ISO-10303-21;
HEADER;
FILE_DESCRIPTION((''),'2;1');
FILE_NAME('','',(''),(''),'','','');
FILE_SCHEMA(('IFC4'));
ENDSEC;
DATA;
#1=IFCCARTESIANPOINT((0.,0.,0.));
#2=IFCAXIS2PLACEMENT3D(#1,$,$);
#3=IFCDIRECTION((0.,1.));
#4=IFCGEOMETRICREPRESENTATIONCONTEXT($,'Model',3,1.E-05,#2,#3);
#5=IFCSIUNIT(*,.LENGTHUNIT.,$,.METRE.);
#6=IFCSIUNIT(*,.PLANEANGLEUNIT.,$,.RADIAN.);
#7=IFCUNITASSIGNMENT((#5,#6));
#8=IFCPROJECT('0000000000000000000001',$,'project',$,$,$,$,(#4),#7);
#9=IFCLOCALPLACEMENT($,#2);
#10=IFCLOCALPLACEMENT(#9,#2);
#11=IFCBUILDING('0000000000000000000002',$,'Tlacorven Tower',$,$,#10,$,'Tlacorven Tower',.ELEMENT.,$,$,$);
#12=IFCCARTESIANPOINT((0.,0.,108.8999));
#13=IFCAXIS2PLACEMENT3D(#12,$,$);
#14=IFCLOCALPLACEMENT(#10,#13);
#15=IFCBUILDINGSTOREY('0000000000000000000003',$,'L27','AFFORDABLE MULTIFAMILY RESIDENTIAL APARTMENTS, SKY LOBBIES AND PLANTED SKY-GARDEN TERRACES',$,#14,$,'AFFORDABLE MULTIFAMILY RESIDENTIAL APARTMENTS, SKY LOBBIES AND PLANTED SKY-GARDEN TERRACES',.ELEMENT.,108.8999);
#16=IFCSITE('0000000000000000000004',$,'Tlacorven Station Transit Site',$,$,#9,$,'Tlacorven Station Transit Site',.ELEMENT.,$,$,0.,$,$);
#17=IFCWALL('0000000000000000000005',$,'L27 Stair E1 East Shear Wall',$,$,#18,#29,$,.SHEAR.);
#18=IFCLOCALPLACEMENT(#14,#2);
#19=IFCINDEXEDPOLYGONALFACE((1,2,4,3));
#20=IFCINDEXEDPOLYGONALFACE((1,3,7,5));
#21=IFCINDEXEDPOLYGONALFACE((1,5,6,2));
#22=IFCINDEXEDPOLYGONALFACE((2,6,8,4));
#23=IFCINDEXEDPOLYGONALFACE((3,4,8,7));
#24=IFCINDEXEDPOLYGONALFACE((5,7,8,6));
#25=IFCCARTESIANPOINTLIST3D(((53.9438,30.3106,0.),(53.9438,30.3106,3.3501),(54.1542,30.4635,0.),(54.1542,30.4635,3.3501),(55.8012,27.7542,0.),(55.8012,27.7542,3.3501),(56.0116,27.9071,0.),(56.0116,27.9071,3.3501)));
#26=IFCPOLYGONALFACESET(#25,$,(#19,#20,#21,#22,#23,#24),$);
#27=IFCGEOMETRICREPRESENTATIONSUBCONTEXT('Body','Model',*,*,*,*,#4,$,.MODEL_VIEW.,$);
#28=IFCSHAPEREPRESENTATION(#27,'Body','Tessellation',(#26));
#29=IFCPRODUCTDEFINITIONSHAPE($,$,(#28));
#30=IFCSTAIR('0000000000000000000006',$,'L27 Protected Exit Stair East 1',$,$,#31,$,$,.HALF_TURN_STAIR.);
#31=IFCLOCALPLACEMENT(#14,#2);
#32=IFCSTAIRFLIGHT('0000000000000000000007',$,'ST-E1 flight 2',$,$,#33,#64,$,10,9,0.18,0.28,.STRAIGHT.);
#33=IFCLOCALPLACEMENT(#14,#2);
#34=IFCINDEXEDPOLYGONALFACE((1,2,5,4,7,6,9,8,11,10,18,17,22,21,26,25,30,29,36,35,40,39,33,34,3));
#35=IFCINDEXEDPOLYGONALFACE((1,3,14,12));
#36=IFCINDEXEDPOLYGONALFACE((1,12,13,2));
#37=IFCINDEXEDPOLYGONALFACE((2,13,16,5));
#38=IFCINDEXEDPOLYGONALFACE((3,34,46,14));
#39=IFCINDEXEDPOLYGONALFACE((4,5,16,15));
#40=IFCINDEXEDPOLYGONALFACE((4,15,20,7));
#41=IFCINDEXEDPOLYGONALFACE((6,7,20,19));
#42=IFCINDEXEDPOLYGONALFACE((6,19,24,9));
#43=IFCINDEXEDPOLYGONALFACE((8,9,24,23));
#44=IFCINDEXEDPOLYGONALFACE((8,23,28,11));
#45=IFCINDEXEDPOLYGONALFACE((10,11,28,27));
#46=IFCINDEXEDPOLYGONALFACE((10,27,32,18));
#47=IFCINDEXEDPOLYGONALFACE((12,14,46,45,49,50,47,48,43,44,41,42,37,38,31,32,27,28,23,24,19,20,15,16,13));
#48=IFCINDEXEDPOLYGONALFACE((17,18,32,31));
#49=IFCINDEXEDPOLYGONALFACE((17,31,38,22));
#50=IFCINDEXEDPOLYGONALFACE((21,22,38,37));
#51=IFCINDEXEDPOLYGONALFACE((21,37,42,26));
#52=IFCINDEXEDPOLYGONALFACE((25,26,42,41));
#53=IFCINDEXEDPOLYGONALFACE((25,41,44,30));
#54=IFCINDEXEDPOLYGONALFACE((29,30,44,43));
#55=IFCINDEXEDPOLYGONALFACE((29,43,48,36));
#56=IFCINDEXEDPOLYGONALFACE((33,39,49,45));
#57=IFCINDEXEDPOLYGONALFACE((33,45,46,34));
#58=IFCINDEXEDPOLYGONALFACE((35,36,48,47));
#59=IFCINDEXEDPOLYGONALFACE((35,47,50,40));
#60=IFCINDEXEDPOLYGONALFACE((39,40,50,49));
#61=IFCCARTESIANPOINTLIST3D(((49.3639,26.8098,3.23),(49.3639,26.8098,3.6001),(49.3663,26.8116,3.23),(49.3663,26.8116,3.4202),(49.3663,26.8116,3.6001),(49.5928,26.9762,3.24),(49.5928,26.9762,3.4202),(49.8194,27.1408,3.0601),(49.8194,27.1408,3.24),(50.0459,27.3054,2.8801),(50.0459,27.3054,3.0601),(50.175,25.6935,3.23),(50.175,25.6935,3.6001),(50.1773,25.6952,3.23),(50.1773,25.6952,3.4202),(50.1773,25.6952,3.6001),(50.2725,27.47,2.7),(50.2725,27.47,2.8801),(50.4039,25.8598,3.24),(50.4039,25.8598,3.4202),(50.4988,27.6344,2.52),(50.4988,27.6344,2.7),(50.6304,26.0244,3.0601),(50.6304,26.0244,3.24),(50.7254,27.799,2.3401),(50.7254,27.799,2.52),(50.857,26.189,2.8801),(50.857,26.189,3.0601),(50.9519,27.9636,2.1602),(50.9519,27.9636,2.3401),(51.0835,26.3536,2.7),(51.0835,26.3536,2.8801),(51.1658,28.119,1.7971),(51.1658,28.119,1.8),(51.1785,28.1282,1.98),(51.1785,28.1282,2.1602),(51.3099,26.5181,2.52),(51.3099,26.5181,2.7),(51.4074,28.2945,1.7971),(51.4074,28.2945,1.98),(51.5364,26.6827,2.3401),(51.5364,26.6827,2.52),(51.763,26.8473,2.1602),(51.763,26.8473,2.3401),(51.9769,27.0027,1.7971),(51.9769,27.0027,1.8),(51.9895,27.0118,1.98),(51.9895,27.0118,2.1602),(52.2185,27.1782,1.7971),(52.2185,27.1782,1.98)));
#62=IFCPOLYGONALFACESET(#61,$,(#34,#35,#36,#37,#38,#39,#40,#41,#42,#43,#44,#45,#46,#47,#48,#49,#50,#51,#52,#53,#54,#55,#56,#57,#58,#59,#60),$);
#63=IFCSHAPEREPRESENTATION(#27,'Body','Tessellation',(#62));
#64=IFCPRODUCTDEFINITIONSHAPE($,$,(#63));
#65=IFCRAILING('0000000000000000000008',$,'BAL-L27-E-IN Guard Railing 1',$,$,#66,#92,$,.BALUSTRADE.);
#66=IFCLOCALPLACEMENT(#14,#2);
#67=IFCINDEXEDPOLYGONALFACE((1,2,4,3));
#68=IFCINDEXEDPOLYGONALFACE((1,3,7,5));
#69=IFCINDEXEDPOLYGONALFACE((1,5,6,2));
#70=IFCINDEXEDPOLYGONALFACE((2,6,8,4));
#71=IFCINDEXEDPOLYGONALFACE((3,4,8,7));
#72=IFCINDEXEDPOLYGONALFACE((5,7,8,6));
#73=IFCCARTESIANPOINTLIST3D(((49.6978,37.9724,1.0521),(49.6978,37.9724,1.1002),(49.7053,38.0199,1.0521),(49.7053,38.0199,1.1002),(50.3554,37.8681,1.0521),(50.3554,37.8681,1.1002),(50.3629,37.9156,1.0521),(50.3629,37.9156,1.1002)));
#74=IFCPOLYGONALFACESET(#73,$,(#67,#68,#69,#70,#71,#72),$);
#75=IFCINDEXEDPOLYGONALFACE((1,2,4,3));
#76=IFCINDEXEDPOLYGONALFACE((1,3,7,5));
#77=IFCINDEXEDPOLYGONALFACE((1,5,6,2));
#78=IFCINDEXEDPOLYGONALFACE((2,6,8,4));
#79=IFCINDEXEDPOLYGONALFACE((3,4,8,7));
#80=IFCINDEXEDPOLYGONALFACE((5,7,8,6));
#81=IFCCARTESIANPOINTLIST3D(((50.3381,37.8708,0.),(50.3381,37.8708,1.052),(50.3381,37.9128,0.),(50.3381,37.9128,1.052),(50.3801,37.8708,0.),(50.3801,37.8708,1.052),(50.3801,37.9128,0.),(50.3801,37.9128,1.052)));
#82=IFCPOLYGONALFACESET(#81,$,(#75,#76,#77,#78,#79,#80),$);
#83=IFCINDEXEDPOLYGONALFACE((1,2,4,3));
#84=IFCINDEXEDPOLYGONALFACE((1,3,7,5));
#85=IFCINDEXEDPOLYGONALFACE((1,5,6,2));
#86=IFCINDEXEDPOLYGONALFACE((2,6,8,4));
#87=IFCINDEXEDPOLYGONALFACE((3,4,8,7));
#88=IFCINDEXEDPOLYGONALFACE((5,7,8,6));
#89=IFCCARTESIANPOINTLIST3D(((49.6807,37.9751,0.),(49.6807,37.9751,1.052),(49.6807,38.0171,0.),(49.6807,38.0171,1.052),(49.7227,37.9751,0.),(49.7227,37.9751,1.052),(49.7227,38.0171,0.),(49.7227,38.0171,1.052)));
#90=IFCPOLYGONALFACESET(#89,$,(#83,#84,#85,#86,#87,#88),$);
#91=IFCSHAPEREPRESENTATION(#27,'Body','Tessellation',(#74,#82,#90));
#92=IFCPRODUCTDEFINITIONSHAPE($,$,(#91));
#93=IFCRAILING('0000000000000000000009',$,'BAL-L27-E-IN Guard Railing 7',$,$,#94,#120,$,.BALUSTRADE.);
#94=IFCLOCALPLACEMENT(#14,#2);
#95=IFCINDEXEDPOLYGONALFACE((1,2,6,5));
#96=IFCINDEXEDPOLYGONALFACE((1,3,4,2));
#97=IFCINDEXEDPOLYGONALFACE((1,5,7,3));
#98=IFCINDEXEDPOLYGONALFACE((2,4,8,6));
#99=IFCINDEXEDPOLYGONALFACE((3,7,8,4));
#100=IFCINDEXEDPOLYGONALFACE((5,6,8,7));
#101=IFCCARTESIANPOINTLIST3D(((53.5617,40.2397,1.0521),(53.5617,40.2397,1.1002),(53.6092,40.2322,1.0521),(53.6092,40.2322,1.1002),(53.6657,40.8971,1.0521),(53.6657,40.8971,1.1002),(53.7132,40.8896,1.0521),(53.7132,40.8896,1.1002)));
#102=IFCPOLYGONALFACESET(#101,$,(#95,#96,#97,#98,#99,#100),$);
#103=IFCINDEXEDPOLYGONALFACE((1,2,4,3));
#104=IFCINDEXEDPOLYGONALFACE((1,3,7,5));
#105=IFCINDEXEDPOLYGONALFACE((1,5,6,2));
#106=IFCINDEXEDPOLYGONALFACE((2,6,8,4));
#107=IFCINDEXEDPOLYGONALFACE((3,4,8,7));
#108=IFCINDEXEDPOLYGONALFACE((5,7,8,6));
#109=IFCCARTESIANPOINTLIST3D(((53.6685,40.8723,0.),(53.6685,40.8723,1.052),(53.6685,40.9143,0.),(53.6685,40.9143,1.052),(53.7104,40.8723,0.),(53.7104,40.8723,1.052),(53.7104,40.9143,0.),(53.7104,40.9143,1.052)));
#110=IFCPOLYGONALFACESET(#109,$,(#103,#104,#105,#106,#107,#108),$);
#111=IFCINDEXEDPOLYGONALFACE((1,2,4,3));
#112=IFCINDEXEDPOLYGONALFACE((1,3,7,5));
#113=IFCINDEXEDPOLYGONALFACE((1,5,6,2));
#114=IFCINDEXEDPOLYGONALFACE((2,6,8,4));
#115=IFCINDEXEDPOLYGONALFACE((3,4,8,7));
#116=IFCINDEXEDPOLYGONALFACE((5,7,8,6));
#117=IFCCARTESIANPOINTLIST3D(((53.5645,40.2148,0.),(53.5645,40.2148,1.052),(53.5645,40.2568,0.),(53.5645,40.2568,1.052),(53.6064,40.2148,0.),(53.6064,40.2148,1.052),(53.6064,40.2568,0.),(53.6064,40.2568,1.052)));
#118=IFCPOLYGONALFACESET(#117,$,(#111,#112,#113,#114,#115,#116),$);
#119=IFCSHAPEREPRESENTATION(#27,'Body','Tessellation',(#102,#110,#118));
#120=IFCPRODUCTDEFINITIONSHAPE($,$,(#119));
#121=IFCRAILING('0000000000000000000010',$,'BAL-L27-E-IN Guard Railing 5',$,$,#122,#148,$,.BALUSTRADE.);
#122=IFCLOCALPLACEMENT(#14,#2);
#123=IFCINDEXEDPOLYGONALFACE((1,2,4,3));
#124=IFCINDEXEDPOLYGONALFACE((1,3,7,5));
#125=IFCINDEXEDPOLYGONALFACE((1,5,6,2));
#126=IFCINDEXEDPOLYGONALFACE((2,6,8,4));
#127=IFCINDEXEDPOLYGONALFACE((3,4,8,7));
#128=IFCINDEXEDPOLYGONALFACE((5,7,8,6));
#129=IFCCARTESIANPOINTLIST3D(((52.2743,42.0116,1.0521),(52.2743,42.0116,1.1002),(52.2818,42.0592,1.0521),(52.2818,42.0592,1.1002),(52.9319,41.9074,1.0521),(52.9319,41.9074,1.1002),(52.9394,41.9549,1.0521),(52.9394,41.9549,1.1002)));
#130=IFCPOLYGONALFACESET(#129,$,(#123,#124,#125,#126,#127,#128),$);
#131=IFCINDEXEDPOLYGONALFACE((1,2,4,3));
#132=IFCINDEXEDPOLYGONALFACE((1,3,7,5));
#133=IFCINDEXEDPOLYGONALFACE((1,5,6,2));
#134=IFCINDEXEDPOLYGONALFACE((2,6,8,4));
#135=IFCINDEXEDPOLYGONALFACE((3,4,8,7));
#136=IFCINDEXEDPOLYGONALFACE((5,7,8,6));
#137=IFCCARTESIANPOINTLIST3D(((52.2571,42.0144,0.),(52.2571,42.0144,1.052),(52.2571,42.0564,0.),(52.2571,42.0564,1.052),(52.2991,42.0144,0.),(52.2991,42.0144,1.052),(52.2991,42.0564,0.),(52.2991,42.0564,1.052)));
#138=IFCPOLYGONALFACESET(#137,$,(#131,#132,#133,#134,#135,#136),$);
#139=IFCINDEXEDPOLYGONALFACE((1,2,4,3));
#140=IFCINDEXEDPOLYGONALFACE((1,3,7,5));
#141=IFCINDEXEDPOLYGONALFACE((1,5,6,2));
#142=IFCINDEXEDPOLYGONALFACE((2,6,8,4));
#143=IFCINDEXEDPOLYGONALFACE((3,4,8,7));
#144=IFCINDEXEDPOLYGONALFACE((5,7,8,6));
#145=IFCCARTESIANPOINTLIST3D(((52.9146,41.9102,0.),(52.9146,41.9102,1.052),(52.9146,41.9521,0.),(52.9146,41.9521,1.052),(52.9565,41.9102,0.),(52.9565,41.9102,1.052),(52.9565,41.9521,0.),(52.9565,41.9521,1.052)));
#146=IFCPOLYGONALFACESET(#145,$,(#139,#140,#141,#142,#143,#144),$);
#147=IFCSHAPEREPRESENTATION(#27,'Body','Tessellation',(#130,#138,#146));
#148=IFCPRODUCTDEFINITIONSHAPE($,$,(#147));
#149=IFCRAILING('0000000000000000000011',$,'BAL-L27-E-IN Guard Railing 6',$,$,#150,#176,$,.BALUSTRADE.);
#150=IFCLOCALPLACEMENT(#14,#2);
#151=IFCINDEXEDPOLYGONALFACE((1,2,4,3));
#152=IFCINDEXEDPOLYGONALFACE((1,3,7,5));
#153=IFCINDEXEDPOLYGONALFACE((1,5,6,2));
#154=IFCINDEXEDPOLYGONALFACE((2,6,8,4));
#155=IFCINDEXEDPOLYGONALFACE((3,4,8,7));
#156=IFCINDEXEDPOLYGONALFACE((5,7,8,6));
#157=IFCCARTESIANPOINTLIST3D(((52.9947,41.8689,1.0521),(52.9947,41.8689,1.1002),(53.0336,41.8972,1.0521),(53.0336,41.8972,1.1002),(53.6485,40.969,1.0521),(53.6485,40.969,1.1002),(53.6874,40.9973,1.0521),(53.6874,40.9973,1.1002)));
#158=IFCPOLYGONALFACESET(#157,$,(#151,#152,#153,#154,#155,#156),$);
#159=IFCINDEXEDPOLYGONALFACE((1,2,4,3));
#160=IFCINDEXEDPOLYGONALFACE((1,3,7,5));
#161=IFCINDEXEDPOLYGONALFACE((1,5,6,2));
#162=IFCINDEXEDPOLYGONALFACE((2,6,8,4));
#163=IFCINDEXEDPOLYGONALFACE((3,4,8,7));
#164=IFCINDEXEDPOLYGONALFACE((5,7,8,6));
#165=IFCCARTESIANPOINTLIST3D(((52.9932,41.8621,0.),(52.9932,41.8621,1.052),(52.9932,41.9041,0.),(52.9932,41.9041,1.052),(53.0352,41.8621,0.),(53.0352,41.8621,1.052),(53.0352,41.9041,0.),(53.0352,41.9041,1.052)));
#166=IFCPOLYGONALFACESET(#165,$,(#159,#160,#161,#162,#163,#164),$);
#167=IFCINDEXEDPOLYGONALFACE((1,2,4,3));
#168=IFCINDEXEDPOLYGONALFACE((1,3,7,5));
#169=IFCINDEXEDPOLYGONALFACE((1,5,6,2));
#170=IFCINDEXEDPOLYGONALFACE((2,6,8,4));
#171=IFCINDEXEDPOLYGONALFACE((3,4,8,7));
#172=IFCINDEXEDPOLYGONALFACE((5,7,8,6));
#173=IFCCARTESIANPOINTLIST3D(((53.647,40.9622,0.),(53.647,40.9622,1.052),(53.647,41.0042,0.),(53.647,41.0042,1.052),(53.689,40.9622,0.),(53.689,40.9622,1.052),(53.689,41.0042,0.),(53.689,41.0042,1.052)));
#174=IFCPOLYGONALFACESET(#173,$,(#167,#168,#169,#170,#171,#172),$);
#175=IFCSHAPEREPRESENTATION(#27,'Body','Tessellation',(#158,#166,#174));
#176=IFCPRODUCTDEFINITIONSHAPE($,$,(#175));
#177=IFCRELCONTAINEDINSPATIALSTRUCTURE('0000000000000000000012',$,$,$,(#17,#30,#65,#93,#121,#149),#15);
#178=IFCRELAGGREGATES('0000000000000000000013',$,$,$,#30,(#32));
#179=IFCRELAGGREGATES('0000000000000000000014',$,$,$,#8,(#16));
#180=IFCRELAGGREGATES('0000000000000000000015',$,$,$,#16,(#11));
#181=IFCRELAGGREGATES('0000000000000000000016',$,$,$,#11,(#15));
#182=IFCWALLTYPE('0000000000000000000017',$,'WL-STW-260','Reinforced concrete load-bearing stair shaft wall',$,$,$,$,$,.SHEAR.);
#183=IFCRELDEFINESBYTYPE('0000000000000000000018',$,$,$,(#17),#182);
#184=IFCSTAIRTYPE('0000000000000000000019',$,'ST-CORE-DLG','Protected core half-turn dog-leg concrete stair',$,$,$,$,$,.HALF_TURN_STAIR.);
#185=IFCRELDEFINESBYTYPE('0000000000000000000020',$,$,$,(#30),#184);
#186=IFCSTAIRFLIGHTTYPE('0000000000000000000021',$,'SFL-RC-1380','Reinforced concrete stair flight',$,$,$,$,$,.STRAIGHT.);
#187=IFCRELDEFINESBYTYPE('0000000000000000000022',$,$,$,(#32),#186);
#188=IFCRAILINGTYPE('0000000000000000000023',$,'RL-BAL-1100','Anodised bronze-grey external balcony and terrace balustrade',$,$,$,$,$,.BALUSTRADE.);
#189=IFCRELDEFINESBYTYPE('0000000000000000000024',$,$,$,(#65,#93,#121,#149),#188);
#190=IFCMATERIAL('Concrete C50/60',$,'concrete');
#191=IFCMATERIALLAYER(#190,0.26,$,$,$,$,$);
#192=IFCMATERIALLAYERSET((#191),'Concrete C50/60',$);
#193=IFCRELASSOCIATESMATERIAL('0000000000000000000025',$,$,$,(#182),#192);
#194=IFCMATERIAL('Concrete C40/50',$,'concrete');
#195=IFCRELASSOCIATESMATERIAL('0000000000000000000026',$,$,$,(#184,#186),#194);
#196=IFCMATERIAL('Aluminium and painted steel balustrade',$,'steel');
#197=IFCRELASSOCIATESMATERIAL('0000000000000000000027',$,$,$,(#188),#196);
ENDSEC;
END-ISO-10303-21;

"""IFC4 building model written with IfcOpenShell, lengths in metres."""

from ifc_helpers import new_model, si_unit, direction, frame, frame_2d, origin, origin_2d, place, context, subcontext, project, spatial, polyline, rectangle, outline, extrude, source, transform, mapped, material, layer, layer_set, type_object, element, aggregate, save


model = new_model("IFC4")

# Units and contexts
model_context = context("Model", 3, precision=1e-05, world=origin(), true_north=direction((0.0, 1.0)))
body_context = subcontext(model_context, "Body", "Model", "MODEL_VIEW")
ifc_project = project(units=[si_unit("LENGTHUNIT", "METRE"), si_unit("PLANEANGLEUNIT", "RADIAN")], contexts=[model_context])

# Site, building, storey
site_placement = place(None, origin())
site = spatial("IfcSite", under=ifc_project, at=site_placement, Name="Tlacorven Station Transit Site", LongName="Tlacorven Station Transit Site", CompositionType="ELEMENT", RefElevation=0.0)
building_placement = place(site_placement, origin())
building = spatial("IfcBuilding", under=site, at=building_placement, Name="Tlacorven Tower", LongName="Tlacorven Tower", CompositionType="ELEMENT")
storey_placement = place(building_placement, frame((0.0, 0.0, 108.8999)))
storey = spatial("IfcBuildingStorey", under=building, at=storey_placement, Name="L27", Description="AFFORDABLE MULTIFAMILY RESIDENTIAL APARTMENTS, SKY LOBBIES AND PLANTED SKY-GARDEN TERRACES", LongName="AFFORDABLE MULTIFAMILY RESIDENTIAL APARTMENTS, SKY LOBBIES AND PLANTED SKY-GARDEN TERRACES", CompositionType="ELEMENT", Elevation=108.8999)

# Wall
ifc_material_1 = material(Name="Concrete C50/60", Category="concrete")
ifc_layer_1 = layer(ifc_material_1, 0.26)
ifc_layer_set_1 = layer_set([ifc_layer_1], Name="Concrete C50/60")
wall_type_1 = type_object("IfcWallType", Name="WL-STW-260", Description="Reinforced concrete load-bearing stair shaft wall", PredefinedType="SHEAR", material=ifc_layer_set_1)
wall_1_placement = place(storey_placement, frame((55.9065, 27.8306, 0.0), z_axis=(0.0, 0.0, 1.0), x_axis=(-0.587804, 0.809003, 0.0)))
element("IfcWall", 1, at=wall_1_placement, inside=storey, type_object=wall_type_1, Name="L27 Stair E1 East Shear Wall", PredefinedType="SHEAR", context=body_context, shape_type="SweptSolid", body=[
    extrude(rectangle(XDim=3.1599, YDim=0.26, at=frame_2d((1.5801, 0.0))), origin(), (0.0, 0.0, 1.0), 3.3501),
])

# Stair, stair flight
ifc_material_2 = material(Name="Concrete C40/50", Category="concrete")
stair_type = type_object("IfcStairType", Name="ST-CORE-DLG", Description="Protected core half-turn dog-leg concrete stair", PredefinedType="HALF_TURN_STAIR", material=ifc_material_2)
stair_placement = place(storey_placement, origin())
stair = element("IfcStair", 2, at=stair_placement, inside=storey, type_object=stair_type, Name="L27 Protected Exit Stair East 1", PredefinedType="HALF_TURN_STAIR")
stair_flight_type = type_object("IfcStairFlightType", Name="SFL-RC-1380", Description="Reinforced concrete stair flight", PredefinedType="STRAIGHT", material=ifc_material_2)
shared_shape_1 = source(origin(), body_context, "Body", "SweptSolid", [
    extrude(outline(polyline([(-0.0029, -0.0029), (-0.0029, 0.1799), (0.28, 0.1799), (0.28, 0.3601), (0.5601, 0.3601), (0.5601, 0.54), (0.8401, 0.54), (0.8401, 0.72), (1.1201, 0.72), (1.1201, 0.8999), (1.3999, 0.8999), (1.3999, 1.0801), (1.6799, 1.0801), (1.6799, 1.26), (1.96, 1.26), (1.96, 1.4399), (2.24, 1.4399), (2.24, 1.6201), (2.52, 1.6201), (2.52, 1.8), (2.5229, 1.8), (2.5229, 1.4299), (2.52, 1.4299), (0.2957, 0.0), (0.2957, -0.0029), (-0.0029, -0.0029)])), frame((0.0, 0.6899, 0.0), z_axis=(0.0, -1.0, 0.0), x_axis=(1.0, 0.0, 0.0)), (0.0, 0.0, 1.0), 1.3799),
])
stair_flight_placement = place(storey_placement, frame((51.8105, 27.7346, 1.8), z_axis=(0.0, 0.0, 1.0), x_axis=(-0.809017, -0.587785, 0.0)))
stair_flight = element("IfcStairFlight", 3, at=stair_flight_placement, type_object=stair_flight_type, Name="ST-E1 flight 2", NumberOfRisers=10, NumberOfTreads=9, PredefinedType="STRAIGHT", RiserHeight=0.18, TreadLength=0.28, context=body_context, shape_type="MappedRepresentation", body=[
    mapped(shared_shape_1, transform((0.0, 0.0, 0.0), scale=1.0)),
])
aggregate(stair, [stair_flight])

# Railings
ifc_material_3 = material(Name="Aluminium and painted steel balustrade", Category="steel")
railing_type_1 = type_object("IfcRailingType", Name="RL-BAL-1100", Description="Anodised bronze-grey external balcony and terrace balustrade", PredefinedType="BALUSTRADE", material=ifc_material_3)
shared_shape_2 = source(origin(), body_context, "Body", "SweptSolid", [
    extrude(rectangle(XDim=0.0481, YDim=0.0481, at=origin_2d()), frame((0.0, 0.0, 1.0762), z_axis=(-0.987662, 0.156603, 0.0), x_axis=(-0.156603, -0.987662, 0.0)), (0.0, 0.0, 1.0), 0.6658),
    extrude(rectangle(XDim=0.042, YDim=0.042, at=origin_2d()), origin(), (0.0, 0.0, 1.0), 1.052),
    extrude(rectangle(XDim=0.042, YDim=0.042, at=origin_2d()), frame((-0.6575, 0.1042, 0.0)), (0.0, 0.0, 1.0), 1.052),
])
railing_1_placement = place(storey_placement, frame((50.3591, 37.8918, 0.0)))
element("IfcRailing", 4, at=railing_1_placement, inside=storey, type_object=railing_type_1, Name="BAL-L27-E-IN Guard Railing 1", PredefinedType="BALUSTRADE", context=body_context, shape_type="MappedRepresentation", body=[
    mapped(shared_shape_2, transform((0.0, 0.0, 0.0), scale=1.0)),
])
shared_shape_3 = source(origin(), body_context, "Body", "SweptSolid", [
    extrude(rectangle(XDim=0.0481, YDim=0.0481, at=origin_2d()), frame((0.0, 0.0, 1.0762), z_axis=(-0.156245, -0.987718, 0.0), x_axis=(0.987718, -0.156245, 0.0)), (0.0, 0.0, 1.0), 0.6655),
    extrude(rectangle(XDim=0.042, YDim=0.042, at=origin_2d()), origin(), (0.0, 0.0, 1.0), 1.052),
    extrude(rectangle(XDim=0.042, YDim=0.042, at=origin_2d()), frame((-0.104, -0.6575, 0.0)), (0.0, 0.0, 1.0), 1.052),
])
railing_2_placement = place(storey_placement, frame((53.6895, 40.8933, 0.0)))
element("IfcRailing", 5, at=railing_2_placement, inside=storey, type_object=railing_type_1, Name="BAL-L27-E-IN Guard Railing 7", PredefinedType="BALUSTRADE", context=body_context, shape_type="MappedRepresentation", body=[
    mapped(shared_shape_3, transform((0.0, 0.0, 0.0), scale=1.0)),
])
shared_shape_4 = source(origin(), body_context, "Body", "SweptSolid", [
    extrude(rectangle(XDim=0.0481, YDim=0.0481, at=origin_2d()), frame((0.0, 0.0, 1.0762), z_axis=(0.987662, -0.156603, 0.0), x_axis=(0.156603, 0.987662, 0.0)), (0.0, 0.0, 1.0), 0.6658),
    extrude(rectangle(XDim=0.042, YDim=0.042, at=origin_2d()), origin(), (0.0, 0.0, 1.0), 1.052),
    extrude(rectangle(XDim=0.042, YDim=0.042, at=origin_2d()), frame((0.6575, -0.1042, 0.0)), (0.0, 0.0, 1.0), 1.052),
])
railing_3_placement = place(storey_placement, frame((52.2781, 42.0354, 0.0)))
element("IfcRailing", 6, at=railing_3_placement, inside=storey, type_object=railing_type_1, Name="BAL-L27-E-IN Guard Railing 5", PredefinedType="BALUSTRADE", context=body_context, shape_type="MappedRepresentation", body=[
    mapped(shared_shape_4, transform((0.0, 0.0, 0.0), scale=1.0)),
])
shared_shape_5 = source(origin(), body_context, "Body", "SweptSolid", [
    extrude(rectangle(XDim=0.0481, YDim=0.0481, at=origin_2d()), frame((0.0, 0.0, 1.0762), z_axis=(0.58778, -0.809021, 0.0), x_axis=(0.809021, 0.58778, 0.0)), (0.0, 0.0, 1.0), 1.1123),
    extrude(rectangle(XDim=0.042, YDim=0.042, at=origin_2d()), origin(), (0.0, 0.0, 1.0), 1.052),
    extrude(rectangle(XDim=0.042, YDim=0.042, at=origin_2d()), frame((0.6538, -0.8999, 0.0)), (0.0, 0.0, 1.0), 1.052),
])
railing_4_placement = place(storey_placement, frame((53.0142, 41.8831, 0.0)))
element("IfcRailing", 7, at=railing_4_placement, inside=storey, type_object=railing_type_1, Name="BAL-L27-E-IN Guard Railing 6", PredefinedType="BALUSTRADE", context=body_context, shape_type="MappedRepresentation", body=[
    mapped(shared_shape_5, transform((0.0, 0.0, 0.0), scale=1.0)),
])

save(model, "model.ifc")
